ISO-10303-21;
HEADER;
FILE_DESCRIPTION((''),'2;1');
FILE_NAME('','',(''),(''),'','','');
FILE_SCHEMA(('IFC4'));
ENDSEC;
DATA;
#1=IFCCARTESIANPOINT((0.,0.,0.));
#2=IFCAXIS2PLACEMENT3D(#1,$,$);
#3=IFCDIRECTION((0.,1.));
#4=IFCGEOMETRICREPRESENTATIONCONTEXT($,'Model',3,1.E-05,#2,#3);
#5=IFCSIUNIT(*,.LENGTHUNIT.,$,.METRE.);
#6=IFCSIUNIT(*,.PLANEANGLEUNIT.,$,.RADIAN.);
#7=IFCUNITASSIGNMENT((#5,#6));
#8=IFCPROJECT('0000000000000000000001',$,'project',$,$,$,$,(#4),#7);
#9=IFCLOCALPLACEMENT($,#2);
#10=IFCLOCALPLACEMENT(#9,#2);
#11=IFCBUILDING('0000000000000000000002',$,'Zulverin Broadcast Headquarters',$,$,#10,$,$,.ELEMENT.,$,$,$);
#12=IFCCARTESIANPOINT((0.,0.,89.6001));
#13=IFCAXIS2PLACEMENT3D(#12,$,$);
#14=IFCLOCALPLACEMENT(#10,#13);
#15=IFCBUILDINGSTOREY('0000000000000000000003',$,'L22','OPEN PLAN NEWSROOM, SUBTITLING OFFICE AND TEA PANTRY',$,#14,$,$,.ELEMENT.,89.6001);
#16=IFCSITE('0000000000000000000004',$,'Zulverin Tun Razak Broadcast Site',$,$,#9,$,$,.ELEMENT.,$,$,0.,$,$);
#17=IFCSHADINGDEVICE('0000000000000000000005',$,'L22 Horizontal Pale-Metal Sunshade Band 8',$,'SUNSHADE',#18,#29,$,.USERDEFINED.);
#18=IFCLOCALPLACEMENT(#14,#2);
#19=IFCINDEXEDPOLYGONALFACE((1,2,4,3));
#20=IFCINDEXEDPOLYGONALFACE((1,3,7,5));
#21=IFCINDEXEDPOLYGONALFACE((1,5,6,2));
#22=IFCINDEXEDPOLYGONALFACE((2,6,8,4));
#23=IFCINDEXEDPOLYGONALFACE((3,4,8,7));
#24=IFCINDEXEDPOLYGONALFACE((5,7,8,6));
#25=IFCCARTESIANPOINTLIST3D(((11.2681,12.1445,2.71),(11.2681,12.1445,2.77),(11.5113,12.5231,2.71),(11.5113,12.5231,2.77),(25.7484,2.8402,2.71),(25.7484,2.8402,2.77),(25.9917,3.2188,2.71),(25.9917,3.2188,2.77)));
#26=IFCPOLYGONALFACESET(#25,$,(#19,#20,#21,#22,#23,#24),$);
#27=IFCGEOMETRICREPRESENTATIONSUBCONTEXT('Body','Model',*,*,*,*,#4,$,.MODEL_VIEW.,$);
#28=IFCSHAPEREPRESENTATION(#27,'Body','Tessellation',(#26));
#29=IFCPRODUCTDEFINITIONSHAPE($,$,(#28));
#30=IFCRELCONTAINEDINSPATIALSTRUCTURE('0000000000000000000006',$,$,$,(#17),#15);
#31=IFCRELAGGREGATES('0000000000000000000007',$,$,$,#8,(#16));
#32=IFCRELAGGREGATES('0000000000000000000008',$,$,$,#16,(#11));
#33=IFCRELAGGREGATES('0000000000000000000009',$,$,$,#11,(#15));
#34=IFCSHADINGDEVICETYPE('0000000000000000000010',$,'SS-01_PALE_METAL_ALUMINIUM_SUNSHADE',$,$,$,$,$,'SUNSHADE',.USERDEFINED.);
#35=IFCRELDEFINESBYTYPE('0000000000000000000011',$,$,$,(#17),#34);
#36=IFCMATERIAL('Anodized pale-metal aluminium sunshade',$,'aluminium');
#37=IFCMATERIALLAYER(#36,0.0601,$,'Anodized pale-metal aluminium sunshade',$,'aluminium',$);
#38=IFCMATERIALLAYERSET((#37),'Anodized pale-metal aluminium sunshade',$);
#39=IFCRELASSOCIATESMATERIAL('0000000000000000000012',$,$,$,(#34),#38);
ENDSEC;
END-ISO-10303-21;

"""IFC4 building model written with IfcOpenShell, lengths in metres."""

from ifc_helpers import new_model, si_unit, direction, frame, origin, origin_2d, place, context, subcontext, project, spatial, rectangle, extrude, material, layer, layer_set, type_object, element, save


model = new_model("IFC4")

# Units and contexts
model_context = context("Model", 3, precision=1e-05, world=origin(), true_north=direction((0.0, 1.0)))
body_context = subcontext(model_context, "Body", "Model", "MODEL_VIEW")
ifc_project = project(units=[si_unit("LENGTHUNIT", "METRE"), si_unit("PLANEANGLEUNIT", "RADIAN")], contexts=[model_context])

# Site, building, storey
site_placement = place(None, origin())
site = spatial("IfcSite", under=ifc_project, at=site_placement, Name="Zulverin Tun Razak Broadcast Site", CompositionType="ELEMENT", RefElevation=0.0)
building_placement = place(site_placement, origin())
building = spatial("IfcBuilding", under=site, at=building_placement, Name="Zulverin Broadcast Headquarters", CompositionType="ELEMENT")
storey_placement = place(building_placement, frame((0.0, 0.0, 89.6001)))
storey = spatial("IfcBuildingStorey", under=building, at=storey_placement, Name="L22", Description="OPEN PLAN NEWSROOM, SUBTITLING OFFICE AND TEA PANTRY", CompositionType="ELEMENT", Elevation=89.6001)

# Shading device
ifc_material_1 = material(Name="Anodized pale-metal aluminium sunshade", Category="aluminium")
ifc_layer_1 = layer(ifc_material_1, 0.0601, Name="Anodized pale-metal aluminium sunshade", Category="aluminium")
ifc_layer_set_1 = layer_set([ifc_layer_1], Name="Anodized pale-metal aluminium sunshade")
shading_device_type_1 = type_object("IfcShadingDeviceType", Name="SS-01_PALE_METAL_ALUMINIUM_SUNSHADE", ElementType="SUNSHADE", PredefinedType="USERDEFINED", material=ifc_layer_set_1)
shading_device_1_placement = place(storey_placement, frame((18.6299, 7.6816, 2.71), z_axis=(0.0, 0.0, 1.0), x_axis=(0.841297, -0.540574, 0.0)))
element("IfcShadingDevice", 1, at=shading_device_1_placement, inside=storey, type_object=shading_device_type_1, Name="L22 Horizontal Pale-Metal Sunshade Band 8", ObjectType="SUNSHADE", PredefinedType="USERDEFINED", context=body_context, shape_type="SweptSolid", body=[
    extrude(rectangle(XDim=17.2119, YDim=0.45, at=origin_2d()), origin(), (0.0, 0.0, 1.0), 0.0601),
])

save(model, "model.ifc")
